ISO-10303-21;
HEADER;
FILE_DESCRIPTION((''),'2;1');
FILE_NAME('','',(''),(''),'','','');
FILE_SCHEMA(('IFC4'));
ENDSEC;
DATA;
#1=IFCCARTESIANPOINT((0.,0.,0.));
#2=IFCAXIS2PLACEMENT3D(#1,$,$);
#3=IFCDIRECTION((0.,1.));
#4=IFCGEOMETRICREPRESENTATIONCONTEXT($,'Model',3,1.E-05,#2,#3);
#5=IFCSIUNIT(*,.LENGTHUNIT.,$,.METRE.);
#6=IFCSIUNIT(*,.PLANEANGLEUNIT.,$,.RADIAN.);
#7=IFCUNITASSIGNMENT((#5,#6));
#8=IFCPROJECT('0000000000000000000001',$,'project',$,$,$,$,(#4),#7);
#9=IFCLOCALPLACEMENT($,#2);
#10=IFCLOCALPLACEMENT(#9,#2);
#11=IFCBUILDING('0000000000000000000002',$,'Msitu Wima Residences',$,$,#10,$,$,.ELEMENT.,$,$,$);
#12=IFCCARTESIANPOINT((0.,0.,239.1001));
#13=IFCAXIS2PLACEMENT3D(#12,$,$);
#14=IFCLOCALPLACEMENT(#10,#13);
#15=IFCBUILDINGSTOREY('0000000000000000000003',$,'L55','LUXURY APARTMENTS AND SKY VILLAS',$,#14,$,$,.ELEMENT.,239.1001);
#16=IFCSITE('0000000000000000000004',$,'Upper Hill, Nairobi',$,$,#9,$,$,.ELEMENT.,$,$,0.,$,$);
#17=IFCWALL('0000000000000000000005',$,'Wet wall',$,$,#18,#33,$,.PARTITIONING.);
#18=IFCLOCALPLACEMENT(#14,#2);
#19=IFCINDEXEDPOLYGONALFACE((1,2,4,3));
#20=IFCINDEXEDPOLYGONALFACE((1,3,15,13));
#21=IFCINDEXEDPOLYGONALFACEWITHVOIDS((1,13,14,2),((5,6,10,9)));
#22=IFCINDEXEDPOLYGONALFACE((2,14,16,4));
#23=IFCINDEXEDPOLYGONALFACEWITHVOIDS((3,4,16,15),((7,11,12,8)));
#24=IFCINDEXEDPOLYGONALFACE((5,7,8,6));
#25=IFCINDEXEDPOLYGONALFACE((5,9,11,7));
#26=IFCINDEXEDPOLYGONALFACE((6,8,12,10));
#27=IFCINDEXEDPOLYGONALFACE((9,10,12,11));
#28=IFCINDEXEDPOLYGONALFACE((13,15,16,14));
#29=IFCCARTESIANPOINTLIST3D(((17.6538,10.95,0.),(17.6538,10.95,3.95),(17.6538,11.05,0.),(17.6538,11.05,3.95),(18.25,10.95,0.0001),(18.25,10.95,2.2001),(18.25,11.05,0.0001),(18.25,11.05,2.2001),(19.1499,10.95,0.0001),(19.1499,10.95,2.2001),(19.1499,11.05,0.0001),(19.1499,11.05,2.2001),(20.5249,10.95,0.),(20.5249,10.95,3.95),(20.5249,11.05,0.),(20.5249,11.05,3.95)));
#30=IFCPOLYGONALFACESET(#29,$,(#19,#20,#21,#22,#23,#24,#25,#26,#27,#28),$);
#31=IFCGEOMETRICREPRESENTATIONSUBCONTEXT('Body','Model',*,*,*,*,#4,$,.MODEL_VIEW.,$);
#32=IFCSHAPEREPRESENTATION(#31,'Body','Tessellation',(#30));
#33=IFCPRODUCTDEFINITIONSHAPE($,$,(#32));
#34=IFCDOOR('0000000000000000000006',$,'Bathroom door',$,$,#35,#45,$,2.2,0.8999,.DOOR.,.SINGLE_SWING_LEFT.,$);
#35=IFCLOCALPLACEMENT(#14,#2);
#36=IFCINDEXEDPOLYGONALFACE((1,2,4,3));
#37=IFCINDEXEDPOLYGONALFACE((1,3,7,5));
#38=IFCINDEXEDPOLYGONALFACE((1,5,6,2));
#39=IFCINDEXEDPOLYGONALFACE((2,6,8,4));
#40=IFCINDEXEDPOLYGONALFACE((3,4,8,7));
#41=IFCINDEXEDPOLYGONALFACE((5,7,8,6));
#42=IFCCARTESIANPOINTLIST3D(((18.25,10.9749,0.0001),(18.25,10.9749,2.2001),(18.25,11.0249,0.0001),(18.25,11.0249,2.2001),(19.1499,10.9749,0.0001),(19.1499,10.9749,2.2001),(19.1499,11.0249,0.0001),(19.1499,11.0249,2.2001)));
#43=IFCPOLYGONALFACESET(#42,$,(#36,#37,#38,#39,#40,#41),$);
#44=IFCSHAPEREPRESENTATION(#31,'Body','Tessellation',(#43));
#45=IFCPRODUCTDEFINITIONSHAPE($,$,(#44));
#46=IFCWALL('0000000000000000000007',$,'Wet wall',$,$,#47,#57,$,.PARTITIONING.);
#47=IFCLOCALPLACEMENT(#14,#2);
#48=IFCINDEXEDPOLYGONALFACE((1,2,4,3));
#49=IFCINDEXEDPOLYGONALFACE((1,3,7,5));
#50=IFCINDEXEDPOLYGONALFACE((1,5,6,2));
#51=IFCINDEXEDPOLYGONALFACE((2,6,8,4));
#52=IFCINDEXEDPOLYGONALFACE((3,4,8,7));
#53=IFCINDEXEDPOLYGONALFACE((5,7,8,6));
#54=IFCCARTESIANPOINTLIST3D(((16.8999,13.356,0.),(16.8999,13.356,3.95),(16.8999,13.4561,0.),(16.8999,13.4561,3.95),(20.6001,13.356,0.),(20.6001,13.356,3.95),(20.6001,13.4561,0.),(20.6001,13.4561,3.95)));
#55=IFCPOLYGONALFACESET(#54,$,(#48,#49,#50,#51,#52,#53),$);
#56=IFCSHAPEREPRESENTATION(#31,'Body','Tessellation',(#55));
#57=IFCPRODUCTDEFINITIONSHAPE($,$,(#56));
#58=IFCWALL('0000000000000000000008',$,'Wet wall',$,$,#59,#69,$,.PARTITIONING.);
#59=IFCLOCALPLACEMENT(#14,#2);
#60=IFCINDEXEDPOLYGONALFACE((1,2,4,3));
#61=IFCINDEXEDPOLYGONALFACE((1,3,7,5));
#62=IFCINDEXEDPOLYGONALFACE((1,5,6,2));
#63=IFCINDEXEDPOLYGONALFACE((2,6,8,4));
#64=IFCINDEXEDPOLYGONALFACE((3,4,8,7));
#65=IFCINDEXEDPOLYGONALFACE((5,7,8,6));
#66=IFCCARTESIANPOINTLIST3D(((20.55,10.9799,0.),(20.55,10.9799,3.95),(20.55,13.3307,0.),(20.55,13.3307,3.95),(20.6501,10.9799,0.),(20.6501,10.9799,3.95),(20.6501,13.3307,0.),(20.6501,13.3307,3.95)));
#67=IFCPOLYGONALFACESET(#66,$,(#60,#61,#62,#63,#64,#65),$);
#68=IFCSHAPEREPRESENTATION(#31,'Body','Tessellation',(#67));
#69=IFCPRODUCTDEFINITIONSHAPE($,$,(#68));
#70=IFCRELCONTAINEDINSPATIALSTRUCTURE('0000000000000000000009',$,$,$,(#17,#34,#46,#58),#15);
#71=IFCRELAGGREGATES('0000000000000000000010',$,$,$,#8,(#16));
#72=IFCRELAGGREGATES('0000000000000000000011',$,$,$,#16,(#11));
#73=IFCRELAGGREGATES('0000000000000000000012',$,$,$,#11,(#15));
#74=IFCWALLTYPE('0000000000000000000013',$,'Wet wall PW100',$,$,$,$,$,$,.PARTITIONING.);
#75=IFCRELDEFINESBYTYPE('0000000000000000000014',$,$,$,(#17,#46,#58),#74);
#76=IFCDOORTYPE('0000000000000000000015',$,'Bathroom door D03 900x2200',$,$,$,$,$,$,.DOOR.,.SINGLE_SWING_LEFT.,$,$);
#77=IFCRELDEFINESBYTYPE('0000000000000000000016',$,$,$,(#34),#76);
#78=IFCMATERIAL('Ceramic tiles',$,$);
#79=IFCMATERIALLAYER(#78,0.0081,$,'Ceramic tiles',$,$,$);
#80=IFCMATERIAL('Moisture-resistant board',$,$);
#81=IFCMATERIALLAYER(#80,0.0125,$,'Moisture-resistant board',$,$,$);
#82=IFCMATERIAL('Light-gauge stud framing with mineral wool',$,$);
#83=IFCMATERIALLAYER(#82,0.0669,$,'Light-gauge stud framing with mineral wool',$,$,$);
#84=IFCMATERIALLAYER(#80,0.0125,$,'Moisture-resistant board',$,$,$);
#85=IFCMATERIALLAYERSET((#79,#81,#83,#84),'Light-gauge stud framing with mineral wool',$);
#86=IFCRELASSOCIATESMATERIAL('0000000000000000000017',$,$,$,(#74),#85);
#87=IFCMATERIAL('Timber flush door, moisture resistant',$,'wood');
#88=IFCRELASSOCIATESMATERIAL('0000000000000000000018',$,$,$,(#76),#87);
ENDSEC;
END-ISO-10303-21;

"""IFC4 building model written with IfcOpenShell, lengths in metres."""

from ifc_helpers import new_model, si_unit, direction, frame, frame_2d, origin, place, context, subcontext, project, spatial, rectangle, extrude, material, layer, layer_set, type_object, element, fill, save


model = new_model("IFC4")

# Units and contexts
model_context = context("Model", 3, precision=1e-05, world=origin(), true_north=direction((0.0, 1.0)))
body_context = subcontext(model_context, "Body", "Model", "MODEL_VIEW")
ifc_project = project(units=[si_unit("LENGTHUNIT", "METRE"), si_unit("PLANEANGLEUNIT", "RADIAN")], contexts=[model_context])

# Site, building, storey
site_placement = place(None, origin())
site = spatial("IfcSite", under=ifc_project, at=site_placement, Name="Upper Hill, Nairobi", CompositionType="ELEMENT", RefElevation=0.0)
building_placement = place(site_placement, origin())
building = spatial("IfcBuilding", under=site, at=building_placement, Name="Msitu Wima Residences", CompositionType="ELEMENT")
storey_placement = place(building_placement, frame((0.0, 0.0, 239.1001)))
storey = spatial("IfcBuildingStorey", under=building, at=storey_placement, Name="L55", Description="LUXURY APARTMENTS AND SKY VILLAS", CompositionType="ELEMENT", Elevation=239.1001)

# Shared definitions
ifc_material_1 = material(Name="Ceramic tiles")
ifc_layer_1 = layer(ifc_material_1, 0.0081, Name="Ceramic tiles")
ifc_material_2 = material(Name="Moisture-resistant board")
ifc_layer_2 = layer(ifc_material_2, 0.0125, Name="Moisture-resistant board")
ifc_material_3 = material(Name="Light-gauge stud framing with mineral wool")
ifc_layer_3 = layer(ifc_material_3, 0.0669, Name="Light-gauge stud framing with mineral wool")
ifc_layer_4 = layer(ifc_material_2, 0.0125, Name="Moisture-resistant board")
ifc_layer_set_1 = layer_set([ifc_layer_1, ifc_layer_2, ifc_layer_3, ifc_layer_4], Name="Light-gauge stud framing with mineral wool")
wall_type_1 = type_object("IfcWallType", Name="Wet wall PW100", PredefinedType="PARTITIONING", material=ifc_layer_set_1)

# Wall, opening, door
wall_1_placement = place(storey_placement, frame((17.6538, 11.0, 0.0), z_axis=(0.0, 0.0, 1.0), x_axis=(1.0, 0.0, 0.0)))
wall_1 = element("IfcWall", 1, at=wall_1_placement, inside=storey, type_object=wall_type_1, Name="Wet wall", PredefinedType="PARTITIONING", context=body_context, shape_type="SweptSolid", body=[
    extrude(rectangle(XDim=2.8711, YDim=0.1001, at=frame_2d((1.4355, 0.0))), origin(), (0.0, 0.0, 1.0), 3.95),
])
opening_1_placement = place(wall_1_placement, frame((0.5962, 0.0, 0.0)))
opening_1 = element("IfcOpeningElement", 2, at=opening_1_placement, cuts=wall_1, PredefinedType="OPENING", context=body_context, shape_type="SweptSolid", body=[
    extrude(rectangle(XDim=0.8999, YDim=2.2, at=frame_2d((0.45, 1.1001))), frame((0.0, 0.0601, 0.0), z_axis=(0.0, -1.0, 0.0), x_axis=(1.0, 0.0, 0.0)), (0.0, 0.0, 1.0), 0.1201),
])
ifc_material_4 = material(Name="Timber flush door, moisture resistant", Category="wood")
door_type_1 = type_object("IfcDoorType", Name="Bathroom door D03 900x2200", OperationType="SINGLE_SWING_LEFT", PredefinedType="DOOR", material=ifc_material_4)
door_1_placement = place(opening_1_placement, origin())
door_1 = element("IfcDoor", 3, at=door_1_placement, inside=storey, type_object=door_type_1, Name="Bathroom door", OperationType="SINGLE_SWING_LEFT", OverallHeight=2.2, OverallWidth=0.8999, PredefinedType="DOOR", context=body_context, shape_type="SweptSolid", body=[
    extrude(rectangle(XDim=0.8999, YDim=2.2, at=frame_2d((0.45, 1.1001))), frame((0.0, 0.0249, 0.0), z_axis=(0.0, -1.0, 0.0), x_axis=(1.0, 0.0, 0.0)), (0.0, 0.0, 1.0), 0.05),
])
fill(opening_1, door_1)

# Walls
wall_2_placement = place(storey_placement, frame((16.8999, 13.406, 0.0), z_axis=(0.0, 0.0, 1.0), x_axis=(1.0, 0.0, 0.0)))
element("IfcWall", 4, at=wall_2_placement, inside=storey, type_object=wall_type_1, Name="Wet wall", PredefinedType="PARTITIONING", context=body_context, shape_type="SweptSolid", body=[
    extrude(rectangle(XDim=3.7002, YDim=0.1001, at=frame_2d((1.8501, 0.0))), origin(), (0.0, 0.0, 1.0), 3.95),
])
wall_3_placement = place(storey_placement, frame((20.6001, 10.98, 0.0), z_axis=(0.0, 0.0, 1.0), x_axis=(0.0, 1.0, 0.0)))
element("IfcWall", 5, at=wall_3_placement, inside=storey, type_object=wall_type_1, Name="Wet wall", PredefinedType="PARTITIONING", context=body_context, shape_type="SweptSolid", body=[
    extrude(rectangle(XDim=2.3508, YDim=0.1001, at=frame_2d((1.1753, 0.0))), origin(), (0.0, 0.0, 1.0), 3.95),
])

save(model, "model.ifc")
